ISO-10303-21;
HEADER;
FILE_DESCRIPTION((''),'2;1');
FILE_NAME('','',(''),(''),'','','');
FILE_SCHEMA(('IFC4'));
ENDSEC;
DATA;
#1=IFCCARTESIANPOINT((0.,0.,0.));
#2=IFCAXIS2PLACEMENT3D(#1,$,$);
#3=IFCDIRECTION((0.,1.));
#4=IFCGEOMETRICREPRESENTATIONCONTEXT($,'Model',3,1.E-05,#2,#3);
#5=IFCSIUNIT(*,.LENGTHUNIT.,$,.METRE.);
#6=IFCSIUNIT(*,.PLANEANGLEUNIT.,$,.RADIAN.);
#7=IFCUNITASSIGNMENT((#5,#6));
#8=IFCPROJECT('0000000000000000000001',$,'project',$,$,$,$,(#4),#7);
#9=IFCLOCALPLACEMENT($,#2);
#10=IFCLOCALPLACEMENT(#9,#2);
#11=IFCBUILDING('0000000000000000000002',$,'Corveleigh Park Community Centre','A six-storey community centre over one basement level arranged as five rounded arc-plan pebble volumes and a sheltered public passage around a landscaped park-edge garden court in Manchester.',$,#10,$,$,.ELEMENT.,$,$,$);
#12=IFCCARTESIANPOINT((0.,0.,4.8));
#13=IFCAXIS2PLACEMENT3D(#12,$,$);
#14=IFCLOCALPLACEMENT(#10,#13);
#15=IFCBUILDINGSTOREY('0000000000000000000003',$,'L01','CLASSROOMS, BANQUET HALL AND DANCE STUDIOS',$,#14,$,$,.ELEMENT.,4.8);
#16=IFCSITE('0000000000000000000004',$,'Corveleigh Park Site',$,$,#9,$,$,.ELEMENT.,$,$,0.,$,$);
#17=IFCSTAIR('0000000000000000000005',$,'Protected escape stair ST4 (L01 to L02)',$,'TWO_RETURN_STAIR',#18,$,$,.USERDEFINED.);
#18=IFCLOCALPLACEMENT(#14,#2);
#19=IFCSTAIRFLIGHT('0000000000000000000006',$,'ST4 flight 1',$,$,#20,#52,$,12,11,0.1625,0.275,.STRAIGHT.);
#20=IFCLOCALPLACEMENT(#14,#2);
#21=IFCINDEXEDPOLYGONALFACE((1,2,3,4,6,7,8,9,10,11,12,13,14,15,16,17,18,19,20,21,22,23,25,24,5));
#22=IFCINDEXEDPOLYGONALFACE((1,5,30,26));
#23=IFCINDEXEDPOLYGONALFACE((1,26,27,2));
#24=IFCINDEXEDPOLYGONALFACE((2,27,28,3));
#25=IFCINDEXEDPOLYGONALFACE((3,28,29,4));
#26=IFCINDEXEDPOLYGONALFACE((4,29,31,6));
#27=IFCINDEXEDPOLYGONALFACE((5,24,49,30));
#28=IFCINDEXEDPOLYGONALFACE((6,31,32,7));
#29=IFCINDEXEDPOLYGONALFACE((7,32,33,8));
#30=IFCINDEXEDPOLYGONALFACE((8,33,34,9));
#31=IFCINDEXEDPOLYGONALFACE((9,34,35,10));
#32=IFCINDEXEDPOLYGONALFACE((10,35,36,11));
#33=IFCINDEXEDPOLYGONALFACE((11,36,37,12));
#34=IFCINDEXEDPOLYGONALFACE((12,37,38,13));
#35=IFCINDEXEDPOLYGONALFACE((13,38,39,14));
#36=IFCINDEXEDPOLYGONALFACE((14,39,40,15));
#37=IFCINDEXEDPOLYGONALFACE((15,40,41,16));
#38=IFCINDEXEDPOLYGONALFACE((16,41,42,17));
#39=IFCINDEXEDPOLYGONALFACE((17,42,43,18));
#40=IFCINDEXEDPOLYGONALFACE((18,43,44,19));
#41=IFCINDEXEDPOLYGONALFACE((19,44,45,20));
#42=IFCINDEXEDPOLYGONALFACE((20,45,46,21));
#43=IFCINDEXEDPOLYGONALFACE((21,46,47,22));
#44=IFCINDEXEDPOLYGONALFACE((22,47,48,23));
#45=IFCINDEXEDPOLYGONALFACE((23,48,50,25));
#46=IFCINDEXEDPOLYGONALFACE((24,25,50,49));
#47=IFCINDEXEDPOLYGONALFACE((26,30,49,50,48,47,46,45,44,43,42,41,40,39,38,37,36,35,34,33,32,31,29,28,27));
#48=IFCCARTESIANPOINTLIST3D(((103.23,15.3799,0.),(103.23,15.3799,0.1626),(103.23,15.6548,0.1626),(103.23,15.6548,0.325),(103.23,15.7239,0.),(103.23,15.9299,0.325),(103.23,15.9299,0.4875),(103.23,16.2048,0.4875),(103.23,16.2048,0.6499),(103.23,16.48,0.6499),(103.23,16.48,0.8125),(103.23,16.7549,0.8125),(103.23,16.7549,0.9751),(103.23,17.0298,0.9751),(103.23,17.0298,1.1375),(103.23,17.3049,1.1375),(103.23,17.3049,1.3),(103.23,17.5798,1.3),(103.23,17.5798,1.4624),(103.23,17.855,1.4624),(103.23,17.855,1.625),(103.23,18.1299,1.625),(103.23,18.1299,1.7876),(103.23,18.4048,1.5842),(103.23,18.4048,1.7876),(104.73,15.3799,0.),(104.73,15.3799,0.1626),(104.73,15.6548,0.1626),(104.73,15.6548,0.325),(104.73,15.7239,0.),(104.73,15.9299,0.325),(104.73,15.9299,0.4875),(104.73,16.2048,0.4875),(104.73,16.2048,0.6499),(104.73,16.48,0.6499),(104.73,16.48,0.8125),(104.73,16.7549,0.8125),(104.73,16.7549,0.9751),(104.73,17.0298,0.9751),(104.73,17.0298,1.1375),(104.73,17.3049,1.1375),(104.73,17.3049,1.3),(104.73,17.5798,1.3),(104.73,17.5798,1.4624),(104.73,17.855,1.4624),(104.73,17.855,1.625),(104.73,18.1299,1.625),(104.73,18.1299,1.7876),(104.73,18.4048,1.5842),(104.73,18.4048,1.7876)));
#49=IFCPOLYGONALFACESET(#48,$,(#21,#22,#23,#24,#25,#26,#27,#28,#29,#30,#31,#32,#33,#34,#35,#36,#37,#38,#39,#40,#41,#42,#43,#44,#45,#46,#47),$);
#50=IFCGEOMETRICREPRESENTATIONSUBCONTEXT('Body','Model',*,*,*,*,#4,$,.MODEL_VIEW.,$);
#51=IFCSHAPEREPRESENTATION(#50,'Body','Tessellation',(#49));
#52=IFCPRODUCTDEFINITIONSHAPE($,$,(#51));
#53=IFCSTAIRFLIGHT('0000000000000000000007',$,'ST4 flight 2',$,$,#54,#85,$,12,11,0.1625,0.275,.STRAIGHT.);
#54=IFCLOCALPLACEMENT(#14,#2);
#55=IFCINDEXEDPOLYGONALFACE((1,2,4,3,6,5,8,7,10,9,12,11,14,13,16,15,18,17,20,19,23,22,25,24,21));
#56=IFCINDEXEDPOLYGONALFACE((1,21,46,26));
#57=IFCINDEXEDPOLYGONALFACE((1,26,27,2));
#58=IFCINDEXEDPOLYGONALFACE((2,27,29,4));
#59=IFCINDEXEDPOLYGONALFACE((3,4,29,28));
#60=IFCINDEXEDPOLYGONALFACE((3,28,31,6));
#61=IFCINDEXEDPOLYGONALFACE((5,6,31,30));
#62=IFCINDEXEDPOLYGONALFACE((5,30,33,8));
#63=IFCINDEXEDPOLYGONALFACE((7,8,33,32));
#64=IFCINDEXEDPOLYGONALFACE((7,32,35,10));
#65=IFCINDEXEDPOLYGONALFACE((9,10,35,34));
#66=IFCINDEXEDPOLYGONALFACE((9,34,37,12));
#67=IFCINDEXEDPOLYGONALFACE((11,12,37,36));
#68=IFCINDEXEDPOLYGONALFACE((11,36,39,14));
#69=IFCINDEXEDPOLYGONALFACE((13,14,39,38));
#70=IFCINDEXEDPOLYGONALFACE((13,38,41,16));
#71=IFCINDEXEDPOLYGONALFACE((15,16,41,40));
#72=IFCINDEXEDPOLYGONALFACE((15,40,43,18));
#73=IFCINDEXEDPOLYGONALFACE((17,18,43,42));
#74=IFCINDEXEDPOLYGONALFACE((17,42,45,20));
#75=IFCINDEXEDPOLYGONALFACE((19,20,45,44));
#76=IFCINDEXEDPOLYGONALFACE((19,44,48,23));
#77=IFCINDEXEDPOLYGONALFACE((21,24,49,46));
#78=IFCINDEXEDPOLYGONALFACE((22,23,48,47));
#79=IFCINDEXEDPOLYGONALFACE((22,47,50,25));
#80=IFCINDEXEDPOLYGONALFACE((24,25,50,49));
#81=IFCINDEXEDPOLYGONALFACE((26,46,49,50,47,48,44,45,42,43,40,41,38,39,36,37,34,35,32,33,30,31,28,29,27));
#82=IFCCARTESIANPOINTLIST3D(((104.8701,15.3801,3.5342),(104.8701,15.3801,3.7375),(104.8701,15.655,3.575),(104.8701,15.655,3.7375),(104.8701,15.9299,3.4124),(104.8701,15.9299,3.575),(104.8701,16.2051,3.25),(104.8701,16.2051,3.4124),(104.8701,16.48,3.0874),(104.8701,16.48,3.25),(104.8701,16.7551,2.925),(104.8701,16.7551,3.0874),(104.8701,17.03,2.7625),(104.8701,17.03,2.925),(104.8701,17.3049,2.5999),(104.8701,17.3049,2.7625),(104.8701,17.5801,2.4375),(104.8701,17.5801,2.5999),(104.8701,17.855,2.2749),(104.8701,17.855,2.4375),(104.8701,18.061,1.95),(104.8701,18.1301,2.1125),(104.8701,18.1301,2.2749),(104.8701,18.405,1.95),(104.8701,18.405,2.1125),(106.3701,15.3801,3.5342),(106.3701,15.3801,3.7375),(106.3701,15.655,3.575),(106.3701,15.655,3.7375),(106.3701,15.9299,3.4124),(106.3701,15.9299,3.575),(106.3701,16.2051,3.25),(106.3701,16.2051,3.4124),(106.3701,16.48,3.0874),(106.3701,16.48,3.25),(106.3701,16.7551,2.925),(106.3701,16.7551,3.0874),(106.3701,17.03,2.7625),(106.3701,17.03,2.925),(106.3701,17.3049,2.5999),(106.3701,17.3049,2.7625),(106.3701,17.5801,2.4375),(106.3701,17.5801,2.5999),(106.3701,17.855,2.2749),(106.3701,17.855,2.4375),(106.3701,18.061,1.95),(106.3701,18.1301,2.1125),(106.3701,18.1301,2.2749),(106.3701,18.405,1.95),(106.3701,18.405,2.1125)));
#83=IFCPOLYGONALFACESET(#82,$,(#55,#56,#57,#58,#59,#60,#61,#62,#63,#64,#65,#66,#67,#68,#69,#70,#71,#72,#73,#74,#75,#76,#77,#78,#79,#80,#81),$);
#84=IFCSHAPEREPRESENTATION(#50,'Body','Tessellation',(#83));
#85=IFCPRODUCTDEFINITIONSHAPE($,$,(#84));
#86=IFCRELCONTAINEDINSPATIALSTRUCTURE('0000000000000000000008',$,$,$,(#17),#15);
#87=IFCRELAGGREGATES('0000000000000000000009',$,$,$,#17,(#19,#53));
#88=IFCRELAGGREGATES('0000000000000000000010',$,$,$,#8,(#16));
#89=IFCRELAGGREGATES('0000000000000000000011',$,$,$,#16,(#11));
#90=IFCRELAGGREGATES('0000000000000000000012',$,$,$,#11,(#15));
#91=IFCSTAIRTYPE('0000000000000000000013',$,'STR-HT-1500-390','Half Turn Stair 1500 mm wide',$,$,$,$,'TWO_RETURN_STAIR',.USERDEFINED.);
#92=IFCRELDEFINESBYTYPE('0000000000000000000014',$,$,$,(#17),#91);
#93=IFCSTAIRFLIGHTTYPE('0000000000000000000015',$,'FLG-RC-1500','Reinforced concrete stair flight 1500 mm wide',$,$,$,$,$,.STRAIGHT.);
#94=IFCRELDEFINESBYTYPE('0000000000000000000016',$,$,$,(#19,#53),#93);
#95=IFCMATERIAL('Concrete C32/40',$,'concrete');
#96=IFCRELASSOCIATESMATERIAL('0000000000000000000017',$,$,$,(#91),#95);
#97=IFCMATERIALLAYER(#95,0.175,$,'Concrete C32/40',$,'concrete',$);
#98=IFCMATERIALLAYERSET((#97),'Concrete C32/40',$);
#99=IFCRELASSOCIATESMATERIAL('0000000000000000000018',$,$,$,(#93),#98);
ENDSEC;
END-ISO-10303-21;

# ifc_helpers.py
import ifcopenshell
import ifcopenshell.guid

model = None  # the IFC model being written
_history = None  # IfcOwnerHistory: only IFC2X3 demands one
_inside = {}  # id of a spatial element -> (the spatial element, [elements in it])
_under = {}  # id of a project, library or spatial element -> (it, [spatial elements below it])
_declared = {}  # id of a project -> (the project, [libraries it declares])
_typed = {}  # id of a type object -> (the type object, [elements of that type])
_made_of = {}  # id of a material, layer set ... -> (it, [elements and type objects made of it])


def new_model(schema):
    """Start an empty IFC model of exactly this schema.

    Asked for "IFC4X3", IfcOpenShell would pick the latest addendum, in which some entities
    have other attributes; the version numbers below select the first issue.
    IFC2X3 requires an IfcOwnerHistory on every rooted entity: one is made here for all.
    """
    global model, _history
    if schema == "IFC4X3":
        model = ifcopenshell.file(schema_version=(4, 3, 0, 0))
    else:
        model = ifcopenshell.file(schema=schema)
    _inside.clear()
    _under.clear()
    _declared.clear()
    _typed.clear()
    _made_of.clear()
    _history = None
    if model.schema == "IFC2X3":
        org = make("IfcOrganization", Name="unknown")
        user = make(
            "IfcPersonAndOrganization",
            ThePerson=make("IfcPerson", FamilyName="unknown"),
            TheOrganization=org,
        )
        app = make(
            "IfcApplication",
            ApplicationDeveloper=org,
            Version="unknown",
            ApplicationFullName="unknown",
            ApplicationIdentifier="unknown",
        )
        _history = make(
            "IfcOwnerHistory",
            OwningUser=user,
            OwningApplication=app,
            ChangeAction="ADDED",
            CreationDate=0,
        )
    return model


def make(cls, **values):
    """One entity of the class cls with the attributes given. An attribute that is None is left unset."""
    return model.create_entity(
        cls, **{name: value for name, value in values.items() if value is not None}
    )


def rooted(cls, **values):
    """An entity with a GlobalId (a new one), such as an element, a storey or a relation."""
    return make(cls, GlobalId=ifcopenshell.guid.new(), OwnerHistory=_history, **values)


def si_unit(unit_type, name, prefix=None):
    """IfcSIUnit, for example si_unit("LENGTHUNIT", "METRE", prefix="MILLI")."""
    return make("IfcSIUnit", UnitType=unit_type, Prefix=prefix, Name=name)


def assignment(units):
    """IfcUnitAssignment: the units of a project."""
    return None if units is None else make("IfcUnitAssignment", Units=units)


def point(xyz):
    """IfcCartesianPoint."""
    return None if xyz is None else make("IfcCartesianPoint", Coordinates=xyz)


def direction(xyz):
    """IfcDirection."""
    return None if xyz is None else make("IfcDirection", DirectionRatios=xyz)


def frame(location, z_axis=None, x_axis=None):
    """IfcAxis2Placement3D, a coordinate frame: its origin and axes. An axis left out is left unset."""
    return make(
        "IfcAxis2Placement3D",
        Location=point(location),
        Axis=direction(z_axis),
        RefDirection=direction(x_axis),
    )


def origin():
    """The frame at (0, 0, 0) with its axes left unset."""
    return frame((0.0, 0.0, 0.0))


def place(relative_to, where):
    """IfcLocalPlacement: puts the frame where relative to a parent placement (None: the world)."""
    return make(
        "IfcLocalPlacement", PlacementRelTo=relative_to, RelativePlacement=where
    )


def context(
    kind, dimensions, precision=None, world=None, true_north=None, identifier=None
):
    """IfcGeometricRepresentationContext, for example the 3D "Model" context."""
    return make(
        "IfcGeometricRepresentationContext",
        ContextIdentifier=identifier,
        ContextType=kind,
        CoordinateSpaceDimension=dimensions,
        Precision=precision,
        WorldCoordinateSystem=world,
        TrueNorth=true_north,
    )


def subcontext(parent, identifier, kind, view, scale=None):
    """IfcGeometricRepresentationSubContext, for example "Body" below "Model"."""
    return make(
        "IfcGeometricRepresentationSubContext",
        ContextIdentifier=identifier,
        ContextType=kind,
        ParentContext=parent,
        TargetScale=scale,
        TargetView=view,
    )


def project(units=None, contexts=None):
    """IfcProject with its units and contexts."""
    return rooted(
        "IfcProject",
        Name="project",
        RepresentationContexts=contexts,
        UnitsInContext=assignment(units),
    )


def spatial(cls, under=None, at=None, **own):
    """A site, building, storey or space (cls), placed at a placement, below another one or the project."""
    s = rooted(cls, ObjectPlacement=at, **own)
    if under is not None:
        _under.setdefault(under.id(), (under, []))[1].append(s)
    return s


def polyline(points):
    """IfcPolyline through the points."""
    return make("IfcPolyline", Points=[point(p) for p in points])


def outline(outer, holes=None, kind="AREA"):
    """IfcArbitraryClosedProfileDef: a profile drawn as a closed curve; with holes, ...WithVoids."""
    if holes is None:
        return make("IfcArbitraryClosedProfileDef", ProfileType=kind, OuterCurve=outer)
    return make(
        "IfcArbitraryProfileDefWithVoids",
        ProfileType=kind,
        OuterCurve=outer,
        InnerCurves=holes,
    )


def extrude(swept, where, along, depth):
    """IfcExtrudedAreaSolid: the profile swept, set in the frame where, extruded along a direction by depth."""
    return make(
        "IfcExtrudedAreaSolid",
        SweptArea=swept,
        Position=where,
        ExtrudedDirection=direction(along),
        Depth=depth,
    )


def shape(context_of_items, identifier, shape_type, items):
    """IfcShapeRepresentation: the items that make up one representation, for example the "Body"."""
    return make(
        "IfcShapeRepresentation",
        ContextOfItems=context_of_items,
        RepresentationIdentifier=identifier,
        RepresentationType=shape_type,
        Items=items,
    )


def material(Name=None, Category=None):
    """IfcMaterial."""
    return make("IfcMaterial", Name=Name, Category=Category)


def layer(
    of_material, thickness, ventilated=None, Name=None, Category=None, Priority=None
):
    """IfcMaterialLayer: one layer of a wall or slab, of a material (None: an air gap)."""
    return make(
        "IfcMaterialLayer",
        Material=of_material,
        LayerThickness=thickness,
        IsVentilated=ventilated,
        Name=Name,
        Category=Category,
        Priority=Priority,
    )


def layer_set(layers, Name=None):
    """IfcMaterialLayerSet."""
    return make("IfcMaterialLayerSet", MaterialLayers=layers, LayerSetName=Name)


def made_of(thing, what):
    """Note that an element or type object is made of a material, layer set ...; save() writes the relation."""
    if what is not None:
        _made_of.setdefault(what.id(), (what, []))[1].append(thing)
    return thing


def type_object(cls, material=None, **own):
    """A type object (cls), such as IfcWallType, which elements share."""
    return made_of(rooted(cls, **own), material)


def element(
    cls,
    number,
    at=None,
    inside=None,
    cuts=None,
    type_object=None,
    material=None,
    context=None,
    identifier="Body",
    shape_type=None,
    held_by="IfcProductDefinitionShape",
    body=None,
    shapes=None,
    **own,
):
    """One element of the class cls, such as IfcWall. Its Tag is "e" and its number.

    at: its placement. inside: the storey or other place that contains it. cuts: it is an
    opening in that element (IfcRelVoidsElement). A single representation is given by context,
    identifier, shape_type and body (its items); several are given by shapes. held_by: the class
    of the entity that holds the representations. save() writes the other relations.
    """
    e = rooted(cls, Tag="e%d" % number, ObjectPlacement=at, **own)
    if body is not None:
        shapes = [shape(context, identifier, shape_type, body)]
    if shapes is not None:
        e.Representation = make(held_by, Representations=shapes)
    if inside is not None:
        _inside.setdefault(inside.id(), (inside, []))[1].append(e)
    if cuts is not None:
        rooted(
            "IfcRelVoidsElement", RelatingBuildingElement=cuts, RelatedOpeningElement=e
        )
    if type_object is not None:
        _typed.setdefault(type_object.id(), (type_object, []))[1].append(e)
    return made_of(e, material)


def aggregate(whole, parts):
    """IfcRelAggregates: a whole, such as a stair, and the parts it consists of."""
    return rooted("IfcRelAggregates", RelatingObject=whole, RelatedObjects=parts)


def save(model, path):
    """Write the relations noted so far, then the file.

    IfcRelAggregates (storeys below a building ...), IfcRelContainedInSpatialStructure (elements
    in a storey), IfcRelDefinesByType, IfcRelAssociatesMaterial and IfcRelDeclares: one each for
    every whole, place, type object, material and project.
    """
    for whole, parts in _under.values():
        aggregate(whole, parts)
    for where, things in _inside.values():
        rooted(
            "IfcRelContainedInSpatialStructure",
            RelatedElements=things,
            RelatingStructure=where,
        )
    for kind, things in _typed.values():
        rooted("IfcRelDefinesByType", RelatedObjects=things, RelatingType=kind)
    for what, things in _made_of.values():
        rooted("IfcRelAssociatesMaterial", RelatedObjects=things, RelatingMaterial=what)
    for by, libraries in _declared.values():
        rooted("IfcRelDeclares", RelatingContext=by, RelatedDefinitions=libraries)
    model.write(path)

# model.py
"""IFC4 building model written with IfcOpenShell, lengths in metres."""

from ifc_helpers import new_model, si_unit, direction, frame, origin, place, context, subcontext, project, spatial, polyline, outline, extrude, material, layer, layer_set, type_object, element, aggregate, save


model = new_model("IFC4")

# Units and contexts
model_context = context("Model", 3, precision=1e-05, world=origin(), true_north=direction((0.0, 1.0)))
body_context = subcontext(model_context, "Body", "Model", "MODEL_VIEW")
ifc_project = project(units=[si_unit("LENGTHUNIT", "METRE"), si_unit("PLANEANGLEUNIT", "RADIAN")], contexts=[model_context])

# Site, building, storey
site_placement = place(None, origin())
site = spatial("IfcSite", under=ifc_project, at=site_placement, Name="Corveleigh Park Site", CompositionType="ELEMENT", RefElevation=0.0)
building_placement = place(site_placement, origin())
building = spatial("IfcBuilding", under=site, at=building_placement, Name="Corveleigh Park Community Centre", Description="A six-storey community centre over one basement level arranged as five rounded arc-plan pebble volumes and a sheltered public passage around a landscaped park-edge garden court in Manchester.", CompositionType="ELEMENT")
storey_placement = place(building_placement, frame((0.0, 0.0, 4.8)))
storey = spatial("IfcBuildingStorey", under=building, at=storey_placement, Name="L01", Description="CLASSROOMS, BANQUET HALL AND DANCE STUDIOS", CompositionType="ELEMENT", Elevation=4.8)

# Stair, stair flights
ifc_material_1 = material(Name="Concrete C32/40", Category="concrete")
stair_type = type_object("IfcStairType", Name="STR-HT-1500-390", Description="Half Turn Stair 1500 mm wide", ElementType="TWO_RETURN_STAIR", PredefinedType="USERDEFINED", material=ifc_material_1)
stair_placement = place(storey_placement, origin())
stair = element("IfcStair", 1, at=stair_placement, inside=storey, type_object=stair_type, Name="Protected escape stair ST4 (L01 to L02)", ObjectType="TWO_RETURN_STAIR", PredefinedType="USERDEFINED")
ifc_layer_1 = layer(ifc_material_1, 0.175, Name="Concrete C32/40", Category="concrete")
ifc_layer_set_1 = layer_set([ifc_layer_1], Name="Concrete C32/40")
stair_flight_type = type_object("IfcStairFlightType", Name="FLG-RC-1500", Description="Reinforced concrete stair flight 1500 mm wide", PredefinedType="STRAIGHT", material=ifc_layer_set_1)
stair_flight_1_placement = place(storey_placement, frame((103.98, 15.3799, 0.0), z_axis=(0.0, 0.0, 1.0), x_axis=(0.0, 1.0, 0.0)))
stair_flight_1 = element("IfcStairFlight", 2, at=stair_flight_1_placement, type_object=stair_flight_type, Name="ST4 flight 1", NumberOfRisers=12, NumberOfTreads=11, PredefinedType="STRAIGHT", RiserHeight=0.1625, TreadLength=0.275, context=body_context, shape_type="SweptSolid", body=[
    extrude(outline(polyline([(0.0, 0.0), (0.0, 0.1626), (0.2749, 0.1626), (0.2749, 0.325), (0.55, 0.325), (0.55, 0.4875), (0.825, 0.4875), (0.825, 0.6499), (1.1001, 0.6499), (1.1001, 0.8125), (1.375, 0.8125), (1.375, 0.9751), (1.6499, 0.9751), (1.6499, 1.1375), (1.925, 1.1375), (1.925, 1.3), (2.2, 1.3), (2.2, 1.4624), (2.4751, 1.4624), (2.4751, 1.625), (2.75, 1.625), (2.75, 1.7876), (3.0249, 1.7876), (3.0249, 1.95), (3.0249, 1.5842), (0.344, 0.0), (0.0, 0.0)])), frame((0.0, 0.75, 0.0), z_axis=(0.0, -1.0, 0.0), x_axis=(1.0, 0.0, 0.0)), (0.0, 0.0, 1.0), 1.5),
])
stair_flight_2_placement = place(storey_placement, frame((105.6201, 18.405, 1.95), z_axis=(0.0, 0.0, 1.0), x_axis=(0.0, -1.0, 0.0)))
stair_flight_2 = element("IfcStairFlight", 3, at=stair_flight_2_placement, type_object=stair_flight_type, Name="ST4 flight 2", NumberOfRisers=12, NumberOfTreads=11, PredefinedType="STRAIGHT", RiserHeight=0.1625, TreadLength=0.275, context=body_context, shape_type="SweptSolid", body=[
    extrude(outline(polyline([(0.0, 0.0), (0.0, 0.1626), (0.2749, 0.1626), (0.2749, 0.325), (0.55, 0.325), (0.55, 0.4875), (0.825, 0.4875), (0.825, 0.6499), (1.1001, 0.6499), (1.1001, 0.8125), (1.375, 0.8125), (1.375, 0.9751), (1.6499, 0.9751), (1.6499, 1.1375), (1.925, 1.1375), (1.925, 1.3), (2.2, 1.3), (2.2, 1.4624), (2.4751, 1.4624), (2.4751, 1.625), (2.75, 1.625), (2.75, 1.7876), (3.0249, 1.7876), (3.0249, 1.95), (3.0249, 1.5842), (0.344, 0.0), (0.0, 0.0)])), frame((0.0, 0.75, 0.0), z_axis=(0.0, -1.0, 0.0), x_axis=(1.0, 0.0, 0.0)), (0.0, 0.0, 1.0), 1.5),
])
aggregate(stair, [stair_flight_1, stair_flight_2])

save(model, "model.ifc")
